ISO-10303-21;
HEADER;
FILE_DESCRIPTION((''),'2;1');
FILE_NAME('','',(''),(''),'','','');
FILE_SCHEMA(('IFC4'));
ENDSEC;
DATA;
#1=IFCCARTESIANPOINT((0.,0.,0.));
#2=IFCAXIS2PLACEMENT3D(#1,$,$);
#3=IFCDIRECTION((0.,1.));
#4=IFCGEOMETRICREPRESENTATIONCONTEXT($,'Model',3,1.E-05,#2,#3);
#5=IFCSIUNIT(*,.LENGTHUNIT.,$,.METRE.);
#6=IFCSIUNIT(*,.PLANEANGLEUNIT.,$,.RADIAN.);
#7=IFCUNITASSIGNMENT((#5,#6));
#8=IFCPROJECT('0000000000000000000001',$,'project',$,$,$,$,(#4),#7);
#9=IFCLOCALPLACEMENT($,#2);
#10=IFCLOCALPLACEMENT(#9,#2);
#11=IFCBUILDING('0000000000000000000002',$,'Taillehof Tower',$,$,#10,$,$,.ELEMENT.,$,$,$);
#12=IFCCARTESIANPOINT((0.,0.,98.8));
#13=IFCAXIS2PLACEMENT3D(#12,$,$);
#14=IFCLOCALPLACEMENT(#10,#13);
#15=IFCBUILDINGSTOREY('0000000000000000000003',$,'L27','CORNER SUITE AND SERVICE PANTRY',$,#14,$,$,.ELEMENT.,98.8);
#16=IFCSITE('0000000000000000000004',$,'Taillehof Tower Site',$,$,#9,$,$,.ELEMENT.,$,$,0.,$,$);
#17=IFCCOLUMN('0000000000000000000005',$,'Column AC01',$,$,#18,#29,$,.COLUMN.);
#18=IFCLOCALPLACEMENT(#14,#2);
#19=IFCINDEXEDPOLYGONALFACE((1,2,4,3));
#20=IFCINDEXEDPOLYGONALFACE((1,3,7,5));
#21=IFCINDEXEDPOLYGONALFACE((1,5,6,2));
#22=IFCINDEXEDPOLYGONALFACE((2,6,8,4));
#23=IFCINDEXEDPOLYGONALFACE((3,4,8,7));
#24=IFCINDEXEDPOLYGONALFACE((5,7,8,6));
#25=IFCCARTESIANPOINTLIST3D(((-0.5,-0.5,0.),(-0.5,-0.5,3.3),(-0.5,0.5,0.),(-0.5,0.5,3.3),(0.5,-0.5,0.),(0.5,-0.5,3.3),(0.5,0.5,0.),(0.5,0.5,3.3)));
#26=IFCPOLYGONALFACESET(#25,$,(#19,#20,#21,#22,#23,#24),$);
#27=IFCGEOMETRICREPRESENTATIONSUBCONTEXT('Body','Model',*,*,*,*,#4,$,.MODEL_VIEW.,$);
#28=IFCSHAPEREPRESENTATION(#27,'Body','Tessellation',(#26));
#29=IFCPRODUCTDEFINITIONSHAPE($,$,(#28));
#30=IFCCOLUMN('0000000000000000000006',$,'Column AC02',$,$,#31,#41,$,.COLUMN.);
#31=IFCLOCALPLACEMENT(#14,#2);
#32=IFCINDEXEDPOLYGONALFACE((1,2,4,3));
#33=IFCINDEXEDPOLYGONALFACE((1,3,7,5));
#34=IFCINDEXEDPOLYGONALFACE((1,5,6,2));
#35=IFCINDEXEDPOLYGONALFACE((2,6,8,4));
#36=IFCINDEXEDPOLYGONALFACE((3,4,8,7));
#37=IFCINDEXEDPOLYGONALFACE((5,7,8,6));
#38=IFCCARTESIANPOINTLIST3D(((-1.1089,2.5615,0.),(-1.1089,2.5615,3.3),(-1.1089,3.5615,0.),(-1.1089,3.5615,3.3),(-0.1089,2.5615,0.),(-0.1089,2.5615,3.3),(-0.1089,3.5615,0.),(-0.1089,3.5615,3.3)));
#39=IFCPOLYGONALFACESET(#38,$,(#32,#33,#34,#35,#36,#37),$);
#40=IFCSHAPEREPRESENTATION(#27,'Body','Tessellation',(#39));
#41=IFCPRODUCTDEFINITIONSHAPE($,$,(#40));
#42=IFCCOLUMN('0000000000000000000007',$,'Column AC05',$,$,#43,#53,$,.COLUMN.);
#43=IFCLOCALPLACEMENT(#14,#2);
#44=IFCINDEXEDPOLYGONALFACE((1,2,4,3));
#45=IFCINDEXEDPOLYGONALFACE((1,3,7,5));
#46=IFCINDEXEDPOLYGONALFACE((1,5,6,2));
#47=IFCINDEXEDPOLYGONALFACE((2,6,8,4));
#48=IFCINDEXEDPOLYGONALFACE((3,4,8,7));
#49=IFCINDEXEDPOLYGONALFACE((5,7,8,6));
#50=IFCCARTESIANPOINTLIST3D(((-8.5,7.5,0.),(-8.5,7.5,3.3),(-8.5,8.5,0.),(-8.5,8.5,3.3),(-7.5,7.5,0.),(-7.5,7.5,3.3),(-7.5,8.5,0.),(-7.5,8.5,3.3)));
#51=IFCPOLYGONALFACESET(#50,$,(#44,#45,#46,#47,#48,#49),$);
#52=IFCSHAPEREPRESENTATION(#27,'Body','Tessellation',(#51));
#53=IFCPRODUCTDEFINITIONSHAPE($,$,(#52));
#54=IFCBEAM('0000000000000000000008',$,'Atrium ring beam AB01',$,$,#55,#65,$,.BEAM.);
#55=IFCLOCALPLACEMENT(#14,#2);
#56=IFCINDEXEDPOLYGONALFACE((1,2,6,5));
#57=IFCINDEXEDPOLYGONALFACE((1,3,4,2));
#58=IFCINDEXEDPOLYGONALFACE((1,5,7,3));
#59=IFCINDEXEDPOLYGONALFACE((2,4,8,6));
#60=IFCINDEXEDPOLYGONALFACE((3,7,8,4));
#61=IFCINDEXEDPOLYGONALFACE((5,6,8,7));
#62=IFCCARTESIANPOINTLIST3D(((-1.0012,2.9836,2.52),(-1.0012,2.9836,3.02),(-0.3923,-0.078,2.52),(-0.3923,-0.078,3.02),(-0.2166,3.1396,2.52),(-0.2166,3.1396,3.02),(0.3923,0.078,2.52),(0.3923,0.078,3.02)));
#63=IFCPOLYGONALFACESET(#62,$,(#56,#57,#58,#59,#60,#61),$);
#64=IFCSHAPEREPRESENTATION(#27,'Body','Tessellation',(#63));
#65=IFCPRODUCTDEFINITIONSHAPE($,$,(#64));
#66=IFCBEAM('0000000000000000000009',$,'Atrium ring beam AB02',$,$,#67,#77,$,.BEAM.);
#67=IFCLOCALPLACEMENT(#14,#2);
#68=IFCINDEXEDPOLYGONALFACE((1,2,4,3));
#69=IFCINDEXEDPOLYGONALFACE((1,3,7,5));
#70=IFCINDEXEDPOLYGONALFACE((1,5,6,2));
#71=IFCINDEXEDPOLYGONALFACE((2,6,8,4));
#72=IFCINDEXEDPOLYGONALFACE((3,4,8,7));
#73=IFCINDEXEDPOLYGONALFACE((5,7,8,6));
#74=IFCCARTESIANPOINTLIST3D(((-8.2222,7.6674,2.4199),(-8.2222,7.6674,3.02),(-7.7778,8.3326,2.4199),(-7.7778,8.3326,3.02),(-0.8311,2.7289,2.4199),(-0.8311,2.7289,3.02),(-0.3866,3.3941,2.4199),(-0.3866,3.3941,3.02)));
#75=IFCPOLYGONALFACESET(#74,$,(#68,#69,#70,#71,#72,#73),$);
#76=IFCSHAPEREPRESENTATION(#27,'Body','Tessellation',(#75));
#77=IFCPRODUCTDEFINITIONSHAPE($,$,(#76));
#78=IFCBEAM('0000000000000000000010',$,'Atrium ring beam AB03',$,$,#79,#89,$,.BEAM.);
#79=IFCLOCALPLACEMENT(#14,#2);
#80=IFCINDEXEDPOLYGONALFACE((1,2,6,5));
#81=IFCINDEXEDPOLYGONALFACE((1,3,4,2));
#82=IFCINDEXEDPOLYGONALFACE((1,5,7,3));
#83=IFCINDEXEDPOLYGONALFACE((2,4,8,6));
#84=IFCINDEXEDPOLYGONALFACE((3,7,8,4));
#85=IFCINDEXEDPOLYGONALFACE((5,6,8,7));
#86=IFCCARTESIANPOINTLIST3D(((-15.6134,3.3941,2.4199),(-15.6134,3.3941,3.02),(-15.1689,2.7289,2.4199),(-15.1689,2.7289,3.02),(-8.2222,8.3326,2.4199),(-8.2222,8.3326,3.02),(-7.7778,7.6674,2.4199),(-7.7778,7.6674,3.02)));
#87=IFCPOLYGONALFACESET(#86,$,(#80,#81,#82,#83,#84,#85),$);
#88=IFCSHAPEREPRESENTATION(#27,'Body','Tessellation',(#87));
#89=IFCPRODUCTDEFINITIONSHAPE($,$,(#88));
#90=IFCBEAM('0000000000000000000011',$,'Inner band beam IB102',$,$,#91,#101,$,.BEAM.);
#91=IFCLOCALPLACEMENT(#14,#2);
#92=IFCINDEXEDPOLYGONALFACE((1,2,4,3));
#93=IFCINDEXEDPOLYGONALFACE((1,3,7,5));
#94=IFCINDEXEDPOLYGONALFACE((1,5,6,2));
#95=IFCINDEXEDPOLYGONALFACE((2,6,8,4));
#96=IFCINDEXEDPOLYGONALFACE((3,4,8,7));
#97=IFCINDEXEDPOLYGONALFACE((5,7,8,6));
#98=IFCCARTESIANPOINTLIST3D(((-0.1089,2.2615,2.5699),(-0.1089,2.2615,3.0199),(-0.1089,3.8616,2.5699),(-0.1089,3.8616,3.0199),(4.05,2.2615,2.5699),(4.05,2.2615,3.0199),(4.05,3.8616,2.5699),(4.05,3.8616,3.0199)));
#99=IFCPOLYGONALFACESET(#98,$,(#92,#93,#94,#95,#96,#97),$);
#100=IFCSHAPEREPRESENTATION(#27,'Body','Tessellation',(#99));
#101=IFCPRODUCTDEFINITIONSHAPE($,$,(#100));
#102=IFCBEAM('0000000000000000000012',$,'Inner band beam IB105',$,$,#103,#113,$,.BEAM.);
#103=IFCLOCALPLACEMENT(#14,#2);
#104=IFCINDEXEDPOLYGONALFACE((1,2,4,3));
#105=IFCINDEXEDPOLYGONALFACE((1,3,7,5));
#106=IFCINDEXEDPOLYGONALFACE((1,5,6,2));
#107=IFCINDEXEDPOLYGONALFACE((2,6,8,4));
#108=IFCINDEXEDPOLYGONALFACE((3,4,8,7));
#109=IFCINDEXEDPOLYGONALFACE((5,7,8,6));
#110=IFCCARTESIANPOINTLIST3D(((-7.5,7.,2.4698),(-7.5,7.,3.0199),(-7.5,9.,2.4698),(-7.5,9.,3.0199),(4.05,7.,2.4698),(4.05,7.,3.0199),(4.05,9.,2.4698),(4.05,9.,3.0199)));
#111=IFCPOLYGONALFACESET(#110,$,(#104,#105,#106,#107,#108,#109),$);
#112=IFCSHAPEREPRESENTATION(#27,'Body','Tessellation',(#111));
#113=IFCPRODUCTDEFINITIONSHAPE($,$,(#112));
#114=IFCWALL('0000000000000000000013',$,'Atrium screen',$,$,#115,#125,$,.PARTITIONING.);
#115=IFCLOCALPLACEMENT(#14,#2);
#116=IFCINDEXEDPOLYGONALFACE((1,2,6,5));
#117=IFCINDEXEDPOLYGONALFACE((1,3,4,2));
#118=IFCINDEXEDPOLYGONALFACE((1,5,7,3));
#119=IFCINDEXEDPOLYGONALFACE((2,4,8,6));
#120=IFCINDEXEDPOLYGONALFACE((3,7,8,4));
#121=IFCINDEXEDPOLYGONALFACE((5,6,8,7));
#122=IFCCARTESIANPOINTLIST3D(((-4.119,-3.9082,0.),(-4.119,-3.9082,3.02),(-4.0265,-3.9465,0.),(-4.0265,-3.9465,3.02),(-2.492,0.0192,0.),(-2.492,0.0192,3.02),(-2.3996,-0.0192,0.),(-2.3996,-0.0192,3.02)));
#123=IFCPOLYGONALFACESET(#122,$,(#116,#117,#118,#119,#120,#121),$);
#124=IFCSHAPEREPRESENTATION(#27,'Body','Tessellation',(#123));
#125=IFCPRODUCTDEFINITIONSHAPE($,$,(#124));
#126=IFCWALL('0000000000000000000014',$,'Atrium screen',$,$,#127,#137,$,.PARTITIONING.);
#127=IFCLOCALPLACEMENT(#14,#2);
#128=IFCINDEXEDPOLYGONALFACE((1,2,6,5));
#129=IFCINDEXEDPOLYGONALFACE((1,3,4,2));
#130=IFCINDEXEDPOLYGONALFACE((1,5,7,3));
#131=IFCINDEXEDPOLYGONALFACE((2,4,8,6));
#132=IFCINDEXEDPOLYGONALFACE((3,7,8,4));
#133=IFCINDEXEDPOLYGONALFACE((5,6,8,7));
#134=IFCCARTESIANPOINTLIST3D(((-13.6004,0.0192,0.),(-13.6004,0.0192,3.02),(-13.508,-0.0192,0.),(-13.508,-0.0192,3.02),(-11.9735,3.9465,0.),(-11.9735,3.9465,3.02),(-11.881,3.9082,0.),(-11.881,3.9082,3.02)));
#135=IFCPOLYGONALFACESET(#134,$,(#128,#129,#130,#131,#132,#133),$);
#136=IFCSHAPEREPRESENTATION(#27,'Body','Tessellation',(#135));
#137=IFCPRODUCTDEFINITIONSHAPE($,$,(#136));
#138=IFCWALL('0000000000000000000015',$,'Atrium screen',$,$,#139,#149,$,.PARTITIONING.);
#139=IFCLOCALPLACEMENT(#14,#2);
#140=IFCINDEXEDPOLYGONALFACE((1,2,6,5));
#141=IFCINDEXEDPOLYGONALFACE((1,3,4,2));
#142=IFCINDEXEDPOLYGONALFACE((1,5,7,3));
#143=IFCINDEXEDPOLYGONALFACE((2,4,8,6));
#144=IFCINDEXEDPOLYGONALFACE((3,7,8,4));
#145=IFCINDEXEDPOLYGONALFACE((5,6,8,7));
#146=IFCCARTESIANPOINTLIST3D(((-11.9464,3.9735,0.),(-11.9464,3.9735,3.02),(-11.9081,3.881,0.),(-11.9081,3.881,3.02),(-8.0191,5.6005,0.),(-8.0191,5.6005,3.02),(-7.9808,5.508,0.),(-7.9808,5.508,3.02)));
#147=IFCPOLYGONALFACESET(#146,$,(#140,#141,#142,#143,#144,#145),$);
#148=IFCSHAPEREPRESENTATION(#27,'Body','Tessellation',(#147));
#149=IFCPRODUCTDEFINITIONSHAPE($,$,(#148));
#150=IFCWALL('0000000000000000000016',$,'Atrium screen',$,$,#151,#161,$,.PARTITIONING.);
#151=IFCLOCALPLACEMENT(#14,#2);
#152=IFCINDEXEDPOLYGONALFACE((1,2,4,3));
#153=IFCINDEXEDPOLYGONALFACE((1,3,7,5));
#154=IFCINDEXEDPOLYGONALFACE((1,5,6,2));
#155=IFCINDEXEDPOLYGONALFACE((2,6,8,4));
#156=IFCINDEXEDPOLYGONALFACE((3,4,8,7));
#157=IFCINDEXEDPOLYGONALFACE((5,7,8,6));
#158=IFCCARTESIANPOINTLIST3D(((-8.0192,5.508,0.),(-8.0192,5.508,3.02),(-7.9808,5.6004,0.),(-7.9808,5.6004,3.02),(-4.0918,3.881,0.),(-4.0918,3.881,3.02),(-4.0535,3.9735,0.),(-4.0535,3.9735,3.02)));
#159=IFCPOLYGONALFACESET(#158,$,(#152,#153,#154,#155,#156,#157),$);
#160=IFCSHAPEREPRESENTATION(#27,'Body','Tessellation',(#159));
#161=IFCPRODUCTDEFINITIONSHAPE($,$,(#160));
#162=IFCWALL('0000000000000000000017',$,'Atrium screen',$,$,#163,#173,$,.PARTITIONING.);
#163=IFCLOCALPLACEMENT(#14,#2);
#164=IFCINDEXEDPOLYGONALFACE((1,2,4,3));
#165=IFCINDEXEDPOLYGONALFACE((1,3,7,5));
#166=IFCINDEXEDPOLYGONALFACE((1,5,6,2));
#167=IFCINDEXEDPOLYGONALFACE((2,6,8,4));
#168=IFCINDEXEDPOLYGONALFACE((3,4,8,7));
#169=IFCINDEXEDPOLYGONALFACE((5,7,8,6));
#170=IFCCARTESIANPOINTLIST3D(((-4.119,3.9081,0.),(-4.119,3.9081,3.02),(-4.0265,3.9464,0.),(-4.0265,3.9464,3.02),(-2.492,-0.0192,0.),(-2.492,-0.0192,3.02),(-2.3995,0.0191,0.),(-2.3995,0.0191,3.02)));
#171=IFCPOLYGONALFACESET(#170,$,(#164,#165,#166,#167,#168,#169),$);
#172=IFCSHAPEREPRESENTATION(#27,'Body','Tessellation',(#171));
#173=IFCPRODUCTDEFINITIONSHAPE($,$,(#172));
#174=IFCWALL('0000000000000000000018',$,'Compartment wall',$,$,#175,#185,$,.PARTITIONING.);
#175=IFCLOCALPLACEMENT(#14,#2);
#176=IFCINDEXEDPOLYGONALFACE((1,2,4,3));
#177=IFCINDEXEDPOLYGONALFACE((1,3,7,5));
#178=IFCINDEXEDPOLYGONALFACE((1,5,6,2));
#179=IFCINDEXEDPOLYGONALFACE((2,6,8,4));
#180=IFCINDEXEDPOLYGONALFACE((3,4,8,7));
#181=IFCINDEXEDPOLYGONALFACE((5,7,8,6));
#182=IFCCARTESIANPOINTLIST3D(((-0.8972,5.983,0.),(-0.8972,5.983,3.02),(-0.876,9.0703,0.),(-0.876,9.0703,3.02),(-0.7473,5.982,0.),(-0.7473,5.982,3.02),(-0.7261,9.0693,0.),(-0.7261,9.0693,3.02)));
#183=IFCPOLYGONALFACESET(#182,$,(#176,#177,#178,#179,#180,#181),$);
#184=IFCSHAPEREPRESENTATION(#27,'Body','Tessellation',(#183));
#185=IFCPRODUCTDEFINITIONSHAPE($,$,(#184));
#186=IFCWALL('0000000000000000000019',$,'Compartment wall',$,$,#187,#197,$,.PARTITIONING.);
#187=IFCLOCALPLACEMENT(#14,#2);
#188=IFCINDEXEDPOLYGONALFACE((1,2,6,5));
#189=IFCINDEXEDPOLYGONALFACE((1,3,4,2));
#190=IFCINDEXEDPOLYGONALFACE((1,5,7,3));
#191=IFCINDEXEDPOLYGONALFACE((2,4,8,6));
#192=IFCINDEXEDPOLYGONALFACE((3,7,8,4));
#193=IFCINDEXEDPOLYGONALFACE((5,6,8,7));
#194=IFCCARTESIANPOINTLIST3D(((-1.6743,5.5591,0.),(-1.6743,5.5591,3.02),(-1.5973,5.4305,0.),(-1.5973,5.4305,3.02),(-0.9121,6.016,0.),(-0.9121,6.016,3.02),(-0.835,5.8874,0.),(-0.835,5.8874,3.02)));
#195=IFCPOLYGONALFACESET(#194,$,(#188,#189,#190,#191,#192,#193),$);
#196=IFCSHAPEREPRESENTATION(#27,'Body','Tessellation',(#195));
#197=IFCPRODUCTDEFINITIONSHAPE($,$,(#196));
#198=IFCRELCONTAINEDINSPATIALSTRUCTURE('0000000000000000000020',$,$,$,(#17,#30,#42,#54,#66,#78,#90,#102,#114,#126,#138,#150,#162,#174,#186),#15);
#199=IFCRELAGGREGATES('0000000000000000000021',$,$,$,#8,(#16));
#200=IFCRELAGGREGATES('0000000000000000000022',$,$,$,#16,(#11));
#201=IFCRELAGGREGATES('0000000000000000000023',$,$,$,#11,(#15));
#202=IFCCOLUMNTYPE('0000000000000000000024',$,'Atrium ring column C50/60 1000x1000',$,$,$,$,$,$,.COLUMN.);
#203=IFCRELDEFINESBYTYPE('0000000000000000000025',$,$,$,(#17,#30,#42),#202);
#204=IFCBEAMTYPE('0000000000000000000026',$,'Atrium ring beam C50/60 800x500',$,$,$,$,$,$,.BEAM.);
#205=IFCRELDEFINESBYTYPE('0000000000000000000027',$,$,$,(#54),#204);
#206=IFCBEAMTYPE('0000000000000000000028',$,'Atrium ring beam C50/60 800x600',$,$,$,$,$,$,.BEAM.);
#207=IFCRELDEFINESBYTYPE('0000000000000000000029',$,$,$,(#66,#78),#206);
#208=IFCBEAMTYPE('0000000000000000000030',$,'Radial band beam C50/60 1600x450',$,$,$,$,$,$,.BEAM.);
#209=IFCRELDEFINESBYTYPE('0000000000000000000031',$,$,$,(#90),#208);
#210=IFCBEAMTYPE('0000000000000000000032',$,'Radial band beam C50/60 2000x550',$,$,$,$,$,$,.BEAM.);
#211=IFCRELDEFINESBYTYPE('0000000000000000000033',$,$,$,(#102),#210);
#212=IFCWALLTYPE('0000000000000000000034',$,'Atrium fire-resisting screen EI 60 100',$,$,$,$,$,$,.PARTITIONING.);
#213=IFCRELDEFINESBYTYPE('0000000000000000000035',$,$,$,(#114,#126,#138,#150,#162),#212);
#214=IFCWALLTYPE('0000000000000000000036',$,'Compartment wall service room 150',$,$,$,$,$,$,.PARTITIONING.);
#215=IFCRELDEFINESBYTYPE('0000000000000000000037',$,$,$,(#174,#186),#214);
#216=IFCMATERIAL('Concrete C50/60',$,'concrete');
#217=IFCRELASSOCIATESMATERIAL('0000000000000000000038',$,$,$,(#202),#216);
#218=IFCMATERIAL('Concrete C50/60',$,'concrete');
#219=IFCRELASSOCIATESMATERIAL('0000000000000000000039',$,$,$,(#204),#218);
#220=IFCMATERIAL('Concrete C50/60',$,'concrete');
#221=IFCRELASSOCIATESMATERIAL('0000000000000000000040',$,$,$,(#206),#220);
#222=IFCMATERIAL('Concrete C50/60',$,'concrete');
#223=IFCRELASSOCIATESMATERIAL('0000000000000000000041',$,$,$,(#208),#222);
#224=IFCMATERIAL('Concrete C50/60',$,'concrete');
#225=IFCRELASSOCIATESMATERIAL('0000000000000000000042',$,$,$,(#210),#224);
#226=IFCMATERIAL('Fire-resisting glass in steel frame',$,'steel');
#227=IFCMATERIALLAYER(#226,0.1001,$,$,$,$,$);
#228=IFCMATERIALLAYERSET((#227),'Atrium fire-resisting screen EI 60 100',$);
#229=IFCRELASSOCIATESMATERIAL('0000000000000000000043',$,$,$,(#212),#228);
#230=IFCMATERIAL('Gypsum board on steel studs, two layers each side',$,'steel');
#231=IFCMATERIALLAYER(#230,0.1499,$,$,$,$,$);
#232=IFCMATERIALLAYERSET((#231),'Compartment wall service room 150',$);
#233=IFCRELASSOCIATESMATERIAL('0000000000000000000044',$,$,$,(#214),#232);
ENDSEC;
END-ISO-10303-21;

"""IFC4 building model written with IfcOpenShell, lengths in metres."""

from ifc_helpers import new_model, si_unit, direction, frame, frame_2d, origin, origin_2d, place, context, subcontext, project, spatial, rectangle, extrude, material, layer, layer_set, material_profile, profile_set, type_object, element, save


model = new_model("IFC4")

# Units and contexts
model_context = context("Model", 3, precision=1e-05, world=origin(), true_north=direction((0.0, 1.0)))
body_context = subcontext(model_context, "Body", "Model", "MODEL_VIEW")
ifc_project = project(units=[si_unit("LENGTHUNIT", "METRE"), si_unit("PLANEANGLEUNIT", "RADIAN")], contexts=[model_context])

# Site, building, storey
site_placement = place(None, origin())
site = spatial("IfcSite", under=ifc_project, at=site_placement, Name="Taillehof Tower Site", CompositionType="ELEMENT", RefElevation=0.0)
building_placement = place(site_placement, origin())
building = spatial("IfcBuilding", under=site, at=building_placement, Name="Taillehof Tower", CompositionType="ELEMENT")
storey_placement = place(building_placement, frame((0.0, 0.0, 98.8)))
storey = spatial("IfcBuildingStorey", under=building, at=storey_placement, Name="L27", Description="CORNER SUITE AND SERVICE PANTRY", CompositionType="ELEMENT", Elevation=98.8)

# Columns
ifc_material_1 = material(Name="Concrete C50/60", Category="concrete")
ifc_material_profile_1 = material_profile(ifc_material_1, rectangle(XDim=1.0, YDim=1.0, at=origin_2d()), Name="RC 1000x1000")
ifc_profile_set_1 = profile_set([ifc_material_profile_1], Name="Concrete C50/60")
column_type = type_object("IfcColumnType", Name="Atrium ring column C50/60 1000x1000", PredefinedType="COLUMN", material=ifc_profile_set_1)
for number, where, z_axis, x_axis, name in (
    (1, (0.0, 0.0, 0.0), (0.0, 0.0, 1.0), (1.0, 0.0, 0.0), "Column AC01"),
    (2, (-0.6089, 3.0615, 0.0), (0.0, 0.0, 1.0), (1.0, 0.0, 0.0), "Column AC02"),
    (3, (-8.0, 8.0, 0.0), (0.0, 0.0, 1.0), (1.0, 0.0, 0.0), "Column AC05"),
):
    element("IfcColumn", number, at=place(storey_placement, frame(where, z_axis=z_axis, x_axis=x_axis)), inside=storey, type_object=column_type, Name=name, PredefinedType="COLUMN", context=body_context, shape_type="SweptSolid", body=[
        extrude(rectangle(XDim=1.0, YDim=1.0, at=origin_2d()), origin(), (0.0, 0.0, 1.0), 3.3),
    ])

# Beams
ifc_material_2 = material(Name="Concrete C50/60", Category="concrete")
ifc_material_profile_2 = material_profile(ifc_material_2, rectangle(XDim=0.8, YDim=0.5, at=origin_2d()), Name="RC 800x500")
ifc_profile_set_2 = profile_set([ifc_material_profile_2], Name="Concrete C50/60")
beam_type_1 = type_object("IfcBeamType", Name="Atrium ring beam C50/60 800x500", PredefinedType="BEAM", material=ifc_profile_set_2)
beam_1_placement = place(storey_placement, frame((0.0, 0.0, 2.77), z_axis=(-0.195063, 0.980791, 0.0), x_axis=(-0.980791, -0.195063, 0.0)))
element("IfcBeam", 4, at=beam_1_placement, inside=storey, type_object=beam_type_1, Name="Atrium ring beam AB01", PredefinedType="BEAM", context=body_context, shape_type="SweptSolid", body=[
    extrude(rectangle(XDim=0.8, YDim=0.5, at=origin_2d()), origin(), (0.0, 0.0, 1.0), 3.1216),
])
ifc_material_3 = material(Name="Concrete C50/60", Category="concrete")
ifc_material_profile_3 = material_profile(ifc_material_3, rectangle(XDim=0.8, YDim=0.6001, at=origin_2d()), Name="RC 800x600")
ifc_profile_set_3 = profile_set([ifc_material_profile_3], Name="Concrete C50/60")
beam_type_2 = type_object("IfcBeamType", Name="Atrium ring beam C50/60 800x600", PredefinedType="BEAM", material=ifc_profile_set_3)
for number, where, z_axis, x_axis, name in (
    (5, (-0.6089, 3.0615, 2.72), (-0.831475, 0.555562, 0.0), (-0.555562, -0.831475, 0.0), "Atrium ring beam AB02"),
    (6, (-8.0, 8.0, 2.72), (-0.831475, -0.555562, 0.0), (0.555562, -0.831475, 0.0), "Atrium ring beam AB03"),
):
    element("IfcBeam", number, at=place(storey_placement, frame(where, z_axis=z_axis, x_axis=x_axis)), inside=storey, type_object=beam_type_2, Name=name, PredefinedType="BEAM", context=body_context, shape_type="SweptSolid", body=[
        extrude(rectangle(XDim=0.8, YDim=0.6001, at=origin_2d()), origin(), (0.0, 0.0, 1.0), 8.8892),
    ])
ifc_material_4 = material(Name="Concrete C50/60", Category="concrete")
ifc_material_profile_4 = material_profile(ifc_material_4, rectangle(XDim=1.6001, YDim=0.45, at=origin_2d()), Name="RC 1600x450")
ifc_profile_set_4 = profile_set([ifc_material_profile_4], Name="Concrete C50/60")
beam_type_3 = type_object("IfcBeamType", Name="Radial band beam C50/60 1600x450", PredefinedType="BEAM", material=ifc_profile_set_4)
beam_2_placement = place(storey_placement, frame((-0.1089, 3.0615, 2.7949), z_axis=(1.0, 0.0, 0.0), x_axis=(0.0, 1.0, 0.0)))
element("IfcBeam", 7, at=beam_2_placement, inside=storey, type_object=beam_type_3, Name="Inner band beam IB102", PredefinedType="BEAM", context=body_context, shape_type="SweptSolid", body=[
    extrude(rectangle(XDim=1.6001, YDim=0.45, at=origin_2d()), origin(), (0.0, 0.0, 1.0), 4.1589),
])
ifc_material_5 = material(Name="Concrete C50/60", Category="concrete")
ifc_material_profile_5 = material_profile(ifc_material_5, rectangle(XDim=2.0, YDim=0.55, at=origin_2d()), Name="RC 2000x550")
ifc_profile_set_5 = profile_set([ifc_material_profile_5], Name="Concrete C50/60")
beam_type_4 = type_object("IfcBeamType", Name="Radial band beam C50/60 2000x550", PredefinedType="BEAM", material=ifc_profile_set_5)
beam_3_placement = place(storey_placement, frame((-7.5, 8.0, 2.7449), z_axis=(1.0, 0.0, 0.0), x_axis=(0.0, 1.0, 0.0)))
element("IfcBeam", 8, at=beam_3_placement, inside=storey, type_object=beam_type_4, Name="Inner band beam IB105", PredefinedType="BEAM", context=body_context, shape_type="SweptSolid", body=[
    extrude(rectangle(XDim=2.0, YDim=0.55, at=origin_2d()), origin(), (0.0, 0.0, 1.0), 11.55),
])

# Walls
ifc_material_6 = material(Name="Fire-resisting glass in steel frame", Category="steel")
ifc_layer_1 = layer(ifc_material_6, 0.1001)
ifc_layer_set_1 = layer_set([ifc_layer_1], Name="Atrium fire-resisting screen EI 60 100")
wall_type_1 = type_object("IfcWallType", Name="Atrium fire-resisting screen EI 60 100", PredefinedType="PARTITIONING", material=ifc_layer_set_1)
for number, where, z_axis, x_axis, name in (
    (9, (-2.4458, 0.0, 0.0), (0.0, 0.0, 1.0), (-0.382731, -0.92386, 0.0), "Atrium screen"),
    (10, (-13.5542, 0.0, 0.0), (0.0, 0.0, 1.0), (0.382731, 0.92386, 0.0), "Atrium screen"),
    (11, (-11.9272, 3.9272, 0.0), (0.0, 0.0, 1.0), (0.92386, 0.382731, 0.0), "Atrium screen"),
    (12, (-8.0, 5.5542, 0.0), (0.0, 0.0, 1.0), (0.92386, -0.382731, 0.0), "Atrium screen"),
    (13, (-4.0728, 3.9272, 0.0), (0.0, 0.0, 1.0), (0.382731, -0.92386, 0.0), "Atrium screen"),
):
    element("IfcWall", number, at=place(storey_placement, frame(where, z_axis=z_axis, x_axis=x_axis)), inside=storey, type_object=wall_type_1, Name=name, PredefinedType="PARTITIONING", context=body_context, shape_type="SweptSolid", body=[
        extrude(rectangle(XDim=4.251, YDim=0.1001, at=frame_2d((2.1255, 0.0))), origin(), (0.0, 0.0, 1.0), 3.02),
    ])
ifc_material_7 = material(Name="Gypsum board on steel studs, two layers each side", Category="steel")
ifc_layer_2 = layer(ifc_material_7, 0.1499)
ifc_layer_set_2 = layer_set([ifc_layer_2], Name="Compartment wall service room 150")
wall_type_2 = type_object("IfcWallType", Name="Compartment wall service room 150", PredefinedType="PARTITIONING", material=ifc_layer_set_2)
wall_1_placement = place(storey_placement, frame((-0.801, 9.0698, 0.0), z_axis=(0.0, 0.0, 1.0), x_axis=(-0.006879, -0.999976, 0.0)))
element("IfcWall", 14, at=wall_1_placement, inside=storey, type_object=wall_type_2, Name="Compartment wall", PredefinedType="PARTITIONING", context=body_context, shape_type="SweptSolid", body=[
    extrude(rectangle(XDim=3.0874, YDim=0.1499, at=frame_2d((1.5437, 0.0))), origin(), (0.0, 0.0, 1.0), 3.02),
])
wall_2_placement = place(storey_placement, frame((-0.8735, 5.9517, 0.0), z_axis=(0.0, 0.0, 1.0), x_axis=(-0.857759, -0.514051, 0.0)))
element("IfcWall", 15, at=wall_2_placement, inside=storey, type_object=wall_type_2, Name="Compartment wall", PredefinedType="PARTITIONING", context=body_context, shape_type="SweptSolid", body=[
    extrude(rectangle(XDim=0.8887, YDim=0.1499, at=frame_2d((0.4443, 0.0))), origin(), (0.0, 0.0, 1.0), 3.02),
])

save(model, "model.ifc")
